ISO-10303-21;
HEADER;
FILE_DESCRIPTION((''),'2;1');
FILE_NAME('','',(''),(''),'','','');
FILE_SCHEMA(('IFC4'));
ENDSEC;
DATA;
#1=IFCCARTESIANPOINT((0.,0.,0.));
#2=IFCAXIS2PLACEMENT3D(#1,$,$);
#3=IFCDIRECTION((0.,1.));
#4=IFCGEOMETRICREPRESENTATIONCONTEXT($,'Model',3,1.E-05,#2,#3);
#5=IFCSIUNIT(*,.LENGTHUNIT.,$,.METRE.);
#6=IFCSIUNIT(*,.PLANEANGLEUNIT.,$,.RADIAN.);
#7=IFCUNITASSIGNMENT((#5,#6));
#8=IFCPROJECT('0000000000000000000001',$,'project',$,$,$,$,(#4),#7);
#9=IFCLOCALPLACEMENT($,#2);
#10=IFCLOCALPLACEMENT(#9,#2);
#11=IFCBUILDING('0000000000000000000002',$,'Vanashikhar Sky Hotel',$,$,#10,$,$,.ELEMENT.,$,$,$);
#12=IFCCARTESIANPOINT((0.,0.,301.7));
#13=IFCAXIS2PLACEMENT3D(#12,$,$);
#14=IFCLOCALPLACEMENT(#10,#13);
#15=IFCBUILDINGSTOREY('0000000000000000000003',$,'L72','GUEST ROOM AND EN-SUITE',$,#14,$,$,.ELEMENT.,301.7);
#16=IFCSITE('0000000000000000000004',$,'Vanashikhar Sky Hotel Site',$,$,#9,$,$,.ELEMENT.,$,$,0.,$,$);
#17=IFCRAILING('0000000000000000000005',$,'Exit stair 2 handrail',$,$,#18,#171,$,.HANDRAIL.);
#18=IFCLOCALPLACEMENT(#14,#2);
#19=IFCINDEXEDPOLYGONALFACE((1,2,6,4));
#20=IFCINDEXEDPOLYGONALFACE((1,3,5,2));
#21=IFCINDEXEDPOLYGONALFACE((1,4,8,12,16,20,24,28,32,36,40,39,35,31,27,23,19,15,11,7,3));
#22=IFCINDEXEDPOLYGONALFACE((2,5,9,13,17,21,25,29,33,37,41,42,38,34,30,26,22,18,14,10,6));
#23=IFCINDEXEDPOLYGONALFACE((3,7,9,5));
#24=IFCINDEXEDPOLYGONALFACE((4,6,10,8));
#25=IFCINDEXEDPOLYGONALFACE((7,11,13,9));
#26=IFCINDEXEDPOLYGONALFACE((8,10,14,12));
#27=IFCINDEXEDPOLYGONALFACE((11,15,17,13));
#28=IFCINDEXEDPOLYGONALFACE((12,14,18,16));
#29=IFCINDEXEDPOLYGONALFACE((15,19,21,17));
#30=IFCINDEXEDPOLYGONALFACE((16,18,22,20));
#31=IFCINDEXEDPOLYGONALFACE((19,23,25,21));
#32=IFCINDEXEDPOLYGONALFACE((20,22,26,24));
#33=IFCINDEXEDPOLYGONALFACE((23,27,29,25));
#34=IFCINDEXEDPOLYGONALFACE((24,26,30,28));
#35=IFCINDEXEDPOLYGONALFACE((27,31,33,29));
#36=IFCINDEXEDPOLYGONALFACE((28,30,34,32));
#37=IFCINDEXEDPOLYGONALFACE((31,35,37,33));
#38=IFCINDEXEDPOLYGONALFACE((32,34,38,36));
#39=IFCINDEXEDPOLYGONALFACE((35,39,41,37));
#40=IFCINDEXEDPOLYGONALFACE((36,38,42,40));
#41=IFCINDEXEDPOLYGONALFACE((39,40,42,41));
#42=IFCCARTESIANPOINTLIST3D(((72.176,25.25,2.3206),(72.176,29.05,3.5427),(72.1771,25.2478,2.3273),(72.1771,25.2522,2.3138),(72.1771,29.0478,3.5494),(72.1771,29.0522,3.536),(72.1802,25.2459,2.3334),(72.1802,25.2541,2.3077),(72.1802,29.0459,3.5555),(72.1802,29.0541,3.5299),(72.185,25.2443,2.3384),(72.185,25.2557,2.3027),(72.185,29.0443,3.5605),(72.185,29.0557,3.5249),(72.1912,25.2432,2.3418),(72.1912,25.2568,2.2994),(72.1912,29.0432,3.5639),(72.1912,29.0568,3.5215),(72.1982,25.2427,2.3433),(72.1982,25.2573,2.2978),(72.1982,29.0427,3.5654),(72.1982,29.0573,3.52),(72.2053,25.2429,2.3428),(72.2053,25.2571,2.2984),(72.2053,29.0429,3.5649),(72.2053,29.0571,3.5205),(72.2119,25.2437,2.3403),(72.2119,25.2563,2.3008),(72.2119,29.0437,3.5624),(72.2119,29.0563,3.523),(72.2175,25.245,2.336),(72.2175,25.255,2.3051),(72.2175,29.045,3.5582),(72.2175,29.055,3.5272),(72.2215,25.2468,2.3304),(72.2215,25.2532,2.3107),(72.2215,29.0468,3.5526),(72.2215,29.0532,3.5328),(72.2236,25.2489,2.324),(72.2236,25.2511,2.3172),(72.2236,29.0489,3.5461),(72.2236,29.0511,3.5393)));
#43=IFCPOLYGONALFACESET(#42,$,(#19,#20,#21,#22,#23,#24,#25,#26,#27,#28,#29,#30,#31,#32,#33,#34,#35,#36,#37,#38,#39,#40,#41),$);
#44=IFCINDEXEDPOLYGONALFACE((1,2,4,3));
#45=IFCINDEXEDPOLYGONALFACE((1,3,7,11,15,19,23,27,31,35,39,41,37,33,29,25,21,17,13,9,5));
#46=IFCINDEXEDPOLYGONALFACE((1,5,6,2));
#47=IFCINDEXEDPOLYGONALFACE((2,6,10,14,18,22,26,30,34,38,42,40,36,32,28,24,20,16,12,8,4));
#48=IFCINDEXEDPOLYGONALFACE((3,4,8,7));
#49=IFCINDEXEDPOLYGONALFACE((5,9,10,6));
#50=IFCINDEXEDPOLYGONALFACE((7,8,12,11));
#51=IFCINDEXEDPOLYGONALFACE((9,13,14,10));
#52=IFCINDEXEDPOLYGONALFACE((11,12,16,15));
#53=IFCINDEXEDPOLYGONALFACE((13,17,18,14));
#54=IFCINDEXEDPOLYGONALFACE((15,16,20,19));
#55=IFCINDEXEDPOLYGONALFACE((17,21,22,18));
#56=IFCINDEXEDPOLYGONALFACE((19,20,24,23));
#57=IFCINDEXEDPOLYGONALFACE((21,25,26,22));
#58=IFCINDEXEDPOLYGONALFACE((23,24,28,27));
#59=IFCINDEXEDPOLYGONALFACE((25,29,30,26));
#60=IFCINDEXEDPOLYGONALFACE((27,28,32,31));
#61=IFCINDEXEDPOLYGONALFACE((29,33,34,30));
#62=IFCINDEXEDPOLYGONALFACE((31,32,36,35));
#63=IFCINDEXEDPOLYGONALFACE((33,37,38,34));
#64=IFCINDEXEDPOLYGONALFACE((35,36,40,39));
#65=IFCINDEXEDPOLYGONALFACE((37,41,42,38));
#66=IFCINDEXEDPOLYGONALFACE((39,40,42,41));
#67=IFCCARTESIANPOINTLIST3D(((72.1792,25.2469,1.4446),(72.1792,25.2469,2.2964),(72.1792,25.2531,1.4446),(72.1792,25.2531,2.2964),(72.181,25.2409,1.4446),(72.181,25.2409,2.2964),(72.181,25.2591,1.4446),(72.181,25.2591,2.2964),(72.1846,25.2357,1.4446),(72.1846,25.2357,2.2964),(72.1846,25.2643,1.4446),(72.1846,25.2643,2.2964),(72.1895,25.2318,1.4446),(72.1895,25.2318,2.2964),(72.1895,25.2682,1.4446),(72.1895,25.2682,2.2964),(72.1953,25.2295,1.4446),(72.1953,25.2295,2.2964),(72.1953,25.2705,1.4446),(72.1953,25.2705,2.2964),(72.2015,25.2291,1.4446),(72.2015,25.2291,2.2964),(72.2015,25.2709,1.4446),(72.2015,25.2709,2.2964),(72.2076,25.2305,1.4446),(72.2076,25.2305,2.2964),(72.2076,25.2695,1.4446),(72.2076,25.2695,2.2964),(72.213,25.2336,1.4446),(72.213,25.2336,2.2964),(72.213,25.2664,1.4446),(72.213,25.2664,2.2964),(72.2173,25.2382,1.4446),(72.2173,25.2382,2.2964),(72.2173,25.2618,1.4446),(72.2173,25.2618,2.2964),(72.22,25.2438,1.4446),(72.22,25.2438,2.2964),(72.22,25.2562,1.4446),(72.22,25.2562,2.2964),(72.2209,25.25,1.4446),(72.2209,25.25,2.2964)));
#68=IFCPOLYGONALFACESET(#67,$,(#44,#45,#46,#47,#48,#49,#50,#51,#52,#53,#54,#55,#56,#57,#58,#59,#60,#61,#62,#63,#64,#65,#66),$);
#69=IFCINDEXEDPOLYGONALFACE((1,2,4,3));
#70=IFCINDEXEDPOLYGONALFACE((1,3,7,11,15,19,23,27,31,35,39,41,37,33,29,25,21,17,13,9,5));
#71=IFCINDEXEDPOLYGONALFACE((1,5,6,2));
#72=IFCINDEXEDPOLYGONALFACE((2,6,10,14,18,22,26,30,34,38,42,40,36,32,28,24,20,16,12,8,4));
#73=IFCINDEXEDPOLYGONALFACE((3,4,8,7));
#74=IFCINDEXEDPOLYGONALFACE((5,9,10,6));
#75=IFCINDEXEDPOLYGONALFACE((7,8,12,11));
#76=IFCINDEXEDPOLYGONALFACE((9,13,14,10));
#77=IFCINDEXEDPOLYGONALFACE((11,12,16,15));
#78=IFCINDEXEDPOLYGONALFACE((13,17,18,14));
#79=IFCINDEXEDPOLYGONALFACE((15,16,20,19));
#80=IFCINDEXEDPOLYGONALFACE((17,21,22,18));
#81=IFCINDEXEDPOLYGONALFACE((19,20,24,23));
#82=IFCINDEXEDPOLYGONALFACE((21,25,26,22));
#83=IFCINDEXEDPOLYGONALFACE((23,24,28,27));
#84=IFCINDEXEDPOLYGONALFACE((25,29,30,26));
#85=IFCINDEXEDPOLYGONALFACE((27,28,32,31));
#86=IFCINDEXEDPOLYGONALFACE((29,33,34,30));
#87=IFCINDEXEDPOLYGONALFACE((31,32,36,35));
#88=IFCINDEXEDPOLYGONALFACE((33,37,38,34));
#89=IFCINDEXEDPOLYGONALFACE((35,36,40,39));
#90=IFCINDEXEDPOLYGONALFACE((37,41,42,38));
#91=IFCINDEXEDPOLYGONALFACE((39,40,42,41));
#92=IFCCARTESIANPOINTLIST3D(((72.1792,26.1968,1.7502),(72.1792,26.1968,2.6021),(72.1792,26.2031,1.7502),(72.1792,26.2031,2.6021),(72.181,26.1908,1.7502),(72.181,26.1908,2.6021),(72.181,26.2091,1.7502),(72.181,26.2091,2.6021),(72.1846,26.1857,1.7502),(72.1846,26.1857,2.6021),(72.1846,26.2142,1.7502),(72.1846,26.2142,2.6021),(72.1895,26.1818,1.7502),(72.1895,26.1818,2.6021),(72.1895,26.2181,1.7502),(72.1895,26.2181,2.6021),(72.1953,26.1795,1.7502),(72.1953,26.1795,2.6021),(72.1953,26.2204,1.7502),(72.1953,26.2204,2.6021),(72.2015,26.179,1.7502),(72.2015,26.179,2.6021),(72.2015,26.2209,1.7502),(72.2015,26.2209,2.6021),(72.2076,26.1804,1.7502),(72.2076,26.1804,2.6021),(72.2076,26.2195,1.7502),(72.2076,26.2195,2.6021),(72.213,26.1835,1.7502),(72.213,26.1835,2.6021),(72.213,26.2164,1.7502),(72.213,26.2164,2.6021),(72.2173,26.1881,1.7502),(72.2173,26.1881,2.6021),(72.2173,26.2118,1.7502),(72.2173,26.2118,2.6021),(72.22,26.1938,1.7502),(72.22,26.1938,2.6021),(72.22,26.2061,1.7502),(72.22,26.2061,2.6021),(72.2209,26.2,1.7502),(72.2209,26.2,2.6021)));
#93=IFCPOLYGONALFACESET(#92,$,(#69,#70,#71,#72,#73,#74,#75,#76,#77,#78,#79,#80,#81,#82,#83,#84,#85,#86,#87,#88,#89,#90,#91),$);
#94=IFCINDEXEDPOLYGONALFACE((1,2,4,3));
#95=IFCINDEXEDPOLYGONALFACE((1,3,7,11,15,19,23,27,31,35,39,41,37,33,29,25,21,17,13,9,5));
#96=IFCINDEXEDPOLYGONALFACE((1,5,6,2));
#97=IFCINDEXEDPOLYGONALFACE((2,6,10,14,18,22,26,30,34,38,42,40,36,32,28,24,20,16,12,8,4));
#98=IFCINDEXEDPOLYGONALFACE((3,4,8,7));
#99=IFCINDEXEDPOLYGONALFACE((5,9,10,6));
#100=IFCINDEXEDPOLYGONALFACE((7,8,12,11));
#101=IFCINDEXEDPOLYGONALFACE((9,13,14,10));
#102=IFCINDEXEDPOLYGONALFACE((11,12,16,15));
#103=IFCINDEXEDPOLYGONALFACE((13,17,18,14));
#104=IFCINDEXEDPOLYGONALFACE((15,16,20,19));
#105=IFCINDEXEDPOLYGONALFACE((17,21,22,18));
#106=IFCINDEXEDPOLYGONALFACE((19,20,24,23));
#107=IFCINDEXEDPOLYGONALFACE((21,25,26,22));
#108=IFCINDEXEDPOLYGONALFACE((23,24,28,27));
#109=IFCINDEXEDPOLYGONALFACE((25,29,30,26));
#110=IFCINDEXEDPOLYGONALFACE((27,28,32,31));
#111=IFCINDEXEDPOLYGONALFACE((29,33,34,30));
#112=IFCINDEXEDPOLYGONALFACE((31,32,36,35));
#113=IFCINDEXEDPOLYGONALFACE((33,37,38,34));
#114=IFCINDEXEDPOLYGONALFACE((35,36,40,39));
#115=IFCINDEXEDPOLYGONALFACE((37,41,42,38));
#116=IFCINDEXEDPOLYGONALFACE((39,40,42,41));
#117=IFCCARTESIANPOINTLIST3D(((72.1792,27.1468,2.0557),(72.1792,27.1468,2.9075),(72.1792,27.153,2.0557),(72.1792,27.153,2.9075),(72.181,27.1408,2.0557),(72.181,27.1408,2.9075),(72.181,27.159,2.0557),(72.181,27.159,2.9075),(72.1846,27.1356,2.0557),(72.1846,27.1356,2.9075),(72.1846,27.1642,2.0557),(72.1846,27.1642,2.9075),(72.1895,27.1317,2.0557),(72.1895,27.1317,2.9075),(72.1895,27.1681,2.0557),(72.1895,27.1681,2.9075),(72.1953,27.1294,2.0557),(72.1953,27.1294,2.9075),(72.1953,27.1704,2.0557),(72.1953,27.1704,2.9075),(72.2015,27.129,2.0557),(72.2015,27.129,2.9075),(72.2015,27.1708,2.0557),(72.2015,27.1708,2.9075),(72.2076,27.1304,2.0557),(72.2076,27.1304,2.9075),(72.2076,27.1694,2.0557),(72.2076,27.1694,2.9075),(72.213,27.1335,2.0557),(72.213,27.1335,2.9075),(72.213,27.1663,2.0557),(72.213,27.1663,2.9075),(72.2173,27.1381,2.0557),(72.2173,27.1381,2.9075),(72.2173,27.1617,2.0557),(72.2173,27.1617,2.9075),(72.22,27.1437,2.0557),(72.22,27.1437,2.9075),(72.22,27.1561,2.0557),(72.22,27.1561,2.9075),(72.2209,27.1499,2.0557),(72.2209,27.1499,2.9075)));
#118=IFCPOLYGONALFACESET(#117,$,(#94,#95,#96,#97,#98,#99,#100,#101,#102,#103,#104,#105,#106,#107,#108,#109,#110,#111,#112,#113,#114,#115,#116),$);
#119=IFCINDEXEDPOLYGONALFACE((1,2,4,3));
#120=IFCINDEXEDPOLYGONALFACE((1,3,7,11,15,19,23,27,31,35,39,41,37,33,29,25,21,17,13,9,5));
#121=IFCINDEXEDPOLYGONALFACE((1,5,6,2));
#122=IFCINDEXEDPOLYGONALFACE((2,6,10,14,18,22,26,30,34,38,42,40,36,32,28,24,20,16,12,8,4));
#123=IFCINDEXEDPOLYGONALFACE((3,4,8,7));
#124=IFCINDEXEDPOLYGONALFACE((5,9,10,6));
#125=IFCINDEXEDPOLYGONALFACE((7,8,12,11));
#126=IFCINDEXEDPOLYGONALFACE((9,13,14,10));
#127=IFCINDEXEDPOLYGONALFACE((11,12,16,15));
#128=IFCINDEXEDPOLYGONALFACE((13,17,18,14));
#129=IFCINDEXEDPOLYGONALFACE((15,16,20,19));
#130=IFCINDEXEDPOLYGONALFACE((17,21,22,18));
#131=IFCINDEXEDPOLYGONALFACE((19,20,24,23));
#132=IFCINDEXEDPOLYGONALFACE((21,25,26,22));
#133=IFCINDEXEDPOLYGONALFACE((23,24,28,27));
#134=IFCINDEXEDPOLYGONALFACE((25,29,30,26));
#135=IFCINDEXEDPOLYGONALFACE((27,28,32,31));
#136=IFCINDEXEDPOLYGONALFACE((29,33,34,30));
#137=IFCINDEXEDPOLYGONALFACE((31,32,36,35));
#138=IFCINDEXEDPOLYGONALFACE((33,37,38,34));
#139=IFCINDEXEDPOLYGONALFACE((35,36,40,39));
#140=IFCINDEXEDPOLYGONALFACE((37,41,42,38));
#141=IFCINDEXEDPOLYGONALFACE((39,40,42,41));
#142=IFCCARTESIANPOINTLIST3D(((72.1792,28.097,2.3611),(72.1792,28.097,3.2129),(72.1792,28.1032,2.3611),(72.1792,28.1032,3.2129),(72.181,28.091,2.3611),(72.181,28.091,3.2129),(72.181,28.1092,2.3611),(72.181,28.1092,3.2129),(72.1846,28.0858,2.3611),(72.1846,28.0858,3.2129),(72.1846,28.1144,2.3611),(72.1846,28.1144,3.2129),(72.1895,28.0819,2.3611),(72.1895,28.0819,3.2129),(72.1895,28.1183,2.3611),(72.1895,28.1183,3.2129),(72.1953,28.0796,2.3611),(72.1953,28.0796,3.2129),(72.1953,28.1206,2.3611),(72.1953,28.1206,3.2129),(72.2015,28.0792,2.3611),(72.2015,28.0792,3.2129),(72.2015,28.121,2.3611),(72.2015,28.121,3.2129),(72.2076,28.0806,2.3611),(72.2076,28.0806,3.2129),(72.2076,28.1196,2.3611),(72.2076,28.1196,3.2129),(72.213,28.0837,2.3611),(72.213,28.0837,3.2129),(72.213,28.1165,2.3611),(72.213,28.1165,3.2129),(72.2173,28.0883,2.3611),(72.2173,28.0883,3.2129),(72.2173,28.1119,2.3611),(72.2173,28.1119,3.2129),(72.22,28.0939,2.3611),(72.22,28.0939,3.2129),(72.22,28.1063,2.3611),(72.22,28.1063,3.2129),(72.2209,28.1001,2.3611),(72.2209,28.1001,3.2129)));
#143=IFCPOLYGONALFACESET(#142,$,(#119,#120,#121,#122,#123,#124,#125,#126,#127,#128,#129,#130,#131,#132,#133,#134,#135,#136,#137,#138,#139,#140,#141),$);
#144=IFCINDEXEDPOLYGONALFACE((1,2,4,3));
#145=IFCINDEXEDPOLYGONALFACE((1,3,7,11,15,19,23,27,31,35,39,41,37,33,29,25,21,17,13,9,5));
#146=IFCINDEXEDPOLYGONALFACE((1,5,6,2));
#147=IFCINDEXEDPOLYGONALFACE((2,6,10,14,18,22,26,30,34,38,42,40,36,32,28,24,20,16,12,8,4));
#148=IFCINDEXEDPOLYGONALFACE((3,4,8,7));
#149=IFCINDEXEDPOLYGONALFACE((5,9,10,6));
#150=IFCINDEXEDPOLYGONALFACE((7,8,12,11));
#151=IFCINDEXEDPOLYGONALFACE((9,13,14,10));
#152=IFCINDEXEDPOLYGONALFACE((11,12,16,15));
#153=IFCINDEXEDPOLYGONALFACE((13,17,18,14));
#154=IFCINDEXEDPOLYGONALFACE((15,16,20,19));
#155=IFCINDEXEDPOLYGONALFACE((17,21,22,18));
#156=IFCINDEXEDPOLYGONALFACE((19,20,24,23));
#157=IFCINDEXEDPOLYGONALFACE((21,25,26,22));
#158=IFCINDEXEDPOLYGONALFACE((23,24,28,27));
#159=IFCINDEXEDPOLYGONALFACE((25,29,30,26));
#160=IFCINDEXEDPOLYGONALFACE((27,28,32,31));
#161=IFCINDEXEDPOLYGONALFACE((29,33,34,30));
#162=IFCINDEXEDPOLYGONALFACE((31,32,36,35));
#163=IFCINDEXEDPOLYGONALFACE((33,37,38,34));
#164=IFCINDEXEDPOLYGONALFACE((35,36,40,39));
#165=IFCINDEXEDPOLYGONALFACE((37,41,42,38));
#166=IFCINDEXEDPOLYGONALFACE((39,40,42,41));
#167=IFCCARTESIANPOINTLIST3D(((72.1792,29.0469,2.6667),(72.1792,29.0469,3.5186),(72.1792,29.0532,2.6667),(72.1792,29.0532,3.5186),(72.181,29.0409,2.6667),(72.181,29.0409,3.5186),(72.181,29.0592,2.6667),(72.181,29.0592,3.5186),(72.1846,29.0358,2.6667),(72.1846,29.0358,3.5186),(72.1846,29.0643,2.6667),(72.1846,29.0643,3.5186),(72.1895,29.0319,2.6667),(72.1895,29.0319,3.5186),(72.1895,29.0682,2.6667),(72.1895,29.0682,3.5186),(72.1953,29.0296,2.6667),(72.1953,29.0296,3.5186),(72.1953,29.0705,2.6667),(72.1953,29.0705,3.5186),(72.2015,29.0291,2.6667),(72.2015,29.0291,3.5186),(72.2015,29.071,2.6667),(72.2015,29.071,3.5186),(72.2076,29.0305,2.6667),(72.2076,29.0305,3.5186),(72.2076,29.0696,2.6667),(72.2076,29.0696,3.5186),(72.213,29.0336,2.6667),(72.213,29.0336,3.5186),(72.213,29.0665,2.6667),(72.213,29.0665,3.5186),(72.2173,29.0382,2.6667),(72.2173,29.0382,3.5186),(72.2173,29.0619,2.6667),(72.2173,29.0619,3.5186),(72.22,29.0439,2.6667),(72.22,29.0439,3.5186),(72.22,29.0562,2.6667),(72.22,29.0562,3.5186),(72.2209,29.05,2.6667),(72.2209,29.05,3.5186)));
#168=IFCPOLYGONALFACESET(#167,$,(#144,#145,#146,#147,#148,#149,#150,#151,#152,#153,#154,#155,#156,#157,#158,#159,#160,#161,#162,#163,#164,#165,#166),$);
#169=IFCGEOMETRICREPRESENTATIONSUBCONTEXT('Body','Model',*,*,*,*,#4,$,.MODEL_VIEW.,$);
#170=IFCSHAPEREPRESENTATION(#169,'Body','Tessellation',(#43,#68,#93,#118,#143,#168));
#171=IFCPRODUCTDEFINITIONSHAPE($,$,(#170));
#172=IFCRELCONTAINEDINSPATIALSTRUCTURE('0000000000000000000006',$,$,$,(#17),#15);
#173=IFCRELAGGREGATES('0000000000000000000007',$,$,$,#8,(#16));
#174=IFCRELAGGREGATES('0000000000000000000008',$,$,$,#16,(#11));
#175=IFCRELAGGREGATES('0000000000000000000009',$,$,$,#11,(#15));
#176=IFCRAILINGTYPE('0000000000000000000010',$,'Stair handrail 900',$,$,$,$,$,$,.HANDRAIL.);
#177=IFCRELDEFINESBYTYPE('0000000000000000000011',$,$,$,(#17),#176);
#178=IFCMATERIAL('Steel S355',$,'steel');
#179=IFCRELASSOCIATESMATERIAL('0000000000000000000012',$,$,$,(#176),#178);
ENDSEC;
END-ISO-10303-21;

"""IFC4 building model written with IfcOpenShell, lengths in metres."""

from ifc_helpers import new_model, si_unit, direction, frame, origin, origin_2d, place, context, subcontext, project, spatial, circle, extrude, source, transform, mapped, material, type_object, element, save


model = new_model("IFC4")

# Units and contexts
model_context = context("Model", 3, precision=1e-05, world=origin(), true_north=direction((0.0, 1.0)))
body_context = subcontext(model_context, "Body", "Model", "MODEL_VIEW")
ifc_project = project(units=[si_unit("LENGTHUNIT", "METRE"), si_unit("PLANEANGLEUNIT", "RADIAN")], contexts=[model_context])

# Site, building, storey
site_placement = place(None, origin())
site = spatial("IfcSite", under=ifc_project, at=site_placement, Name="Vanashikhar Sky Hotel Site", CompositionType="ELEMENT", RefElevation=0.0)
building_placement = place(site_placement, origin())
building = spatial("IfcBuilding", under=site, at=building_placement, Name="Vanashikhar Sky Hotel", CompositionType="ELEMENT")
storey_placement = place(building_placement, frame((0.0, 0.0, 301.7)))
storey = spatial("IfcBuildingStorey", under=building, at=storey_placement, Name="L72", Description="GUEST ROOM AND EN-SUITE", CompositionType="ELEMENT", Elevation=301.7)

# Railing
ifc_material_1 = material(Name="Steel S355", Category="steel")
railing_type = type_object("IfcRailingType", Name="Stair handrail 900", PredefinedType="HANDRAIL", material=ifc_material_1)
shared_shape_1 = source(origin(), body_context, "Body", "SweptSolid", [
    extrude(circle(Radius=0.0239, at=origin_2d()), frame((0.0, 0.0, 0.876), z_axis=(0.0, 0.951976, 0.306173), x_axis=(-1.0, 0.0, 0.0)), (0.0, 0.0, 1.0), 3.9917),
    extrude(circle(Radius=0.021, at=origin_2d()), origin(), (0.0, 0.0, 1.0), 0.8518),
    extrude(circle(Radius=0.021, at=origin_2d()), frame((0.0, 0.95, 0.3057)), (0.0, 0.0, 1.0), 0.8518),
    extrude(circle(Radius=0.021, at=origin_2d()), frame((0.0, 1.8999, 0.6111)), (0.0, 0.0, 1.0), 0.8518),
    extrude(circle(Radius=0.021, at=origin_2d()), frame((0.0, 2.8501, 0.9165)), (0.0, 0.0, 1.0), 0.8518),
    extrude(circle(Radius=0.021, at=origin_2d()), frame((0.0, 3.8, 1.2222)), (0.0, 0.0, 1.0), 0.8518),
])
railing_1_placement = place(storey_placement, frame((72.2, 25.25, 1.4446)))
element("IfcRailing", 1, at=railing_1_placement, inside=storey, type_object=railing_type, Name="Exit stair 2 handrail", PredefinedType="HANDRAIL", context=body_context, shape_type="MappedRepresentation", body=[
    mapped(shared_shape_1, transform((0.0, 0.0, 0.0), scale=1.0)),
])

save(model, "model.ifc")
